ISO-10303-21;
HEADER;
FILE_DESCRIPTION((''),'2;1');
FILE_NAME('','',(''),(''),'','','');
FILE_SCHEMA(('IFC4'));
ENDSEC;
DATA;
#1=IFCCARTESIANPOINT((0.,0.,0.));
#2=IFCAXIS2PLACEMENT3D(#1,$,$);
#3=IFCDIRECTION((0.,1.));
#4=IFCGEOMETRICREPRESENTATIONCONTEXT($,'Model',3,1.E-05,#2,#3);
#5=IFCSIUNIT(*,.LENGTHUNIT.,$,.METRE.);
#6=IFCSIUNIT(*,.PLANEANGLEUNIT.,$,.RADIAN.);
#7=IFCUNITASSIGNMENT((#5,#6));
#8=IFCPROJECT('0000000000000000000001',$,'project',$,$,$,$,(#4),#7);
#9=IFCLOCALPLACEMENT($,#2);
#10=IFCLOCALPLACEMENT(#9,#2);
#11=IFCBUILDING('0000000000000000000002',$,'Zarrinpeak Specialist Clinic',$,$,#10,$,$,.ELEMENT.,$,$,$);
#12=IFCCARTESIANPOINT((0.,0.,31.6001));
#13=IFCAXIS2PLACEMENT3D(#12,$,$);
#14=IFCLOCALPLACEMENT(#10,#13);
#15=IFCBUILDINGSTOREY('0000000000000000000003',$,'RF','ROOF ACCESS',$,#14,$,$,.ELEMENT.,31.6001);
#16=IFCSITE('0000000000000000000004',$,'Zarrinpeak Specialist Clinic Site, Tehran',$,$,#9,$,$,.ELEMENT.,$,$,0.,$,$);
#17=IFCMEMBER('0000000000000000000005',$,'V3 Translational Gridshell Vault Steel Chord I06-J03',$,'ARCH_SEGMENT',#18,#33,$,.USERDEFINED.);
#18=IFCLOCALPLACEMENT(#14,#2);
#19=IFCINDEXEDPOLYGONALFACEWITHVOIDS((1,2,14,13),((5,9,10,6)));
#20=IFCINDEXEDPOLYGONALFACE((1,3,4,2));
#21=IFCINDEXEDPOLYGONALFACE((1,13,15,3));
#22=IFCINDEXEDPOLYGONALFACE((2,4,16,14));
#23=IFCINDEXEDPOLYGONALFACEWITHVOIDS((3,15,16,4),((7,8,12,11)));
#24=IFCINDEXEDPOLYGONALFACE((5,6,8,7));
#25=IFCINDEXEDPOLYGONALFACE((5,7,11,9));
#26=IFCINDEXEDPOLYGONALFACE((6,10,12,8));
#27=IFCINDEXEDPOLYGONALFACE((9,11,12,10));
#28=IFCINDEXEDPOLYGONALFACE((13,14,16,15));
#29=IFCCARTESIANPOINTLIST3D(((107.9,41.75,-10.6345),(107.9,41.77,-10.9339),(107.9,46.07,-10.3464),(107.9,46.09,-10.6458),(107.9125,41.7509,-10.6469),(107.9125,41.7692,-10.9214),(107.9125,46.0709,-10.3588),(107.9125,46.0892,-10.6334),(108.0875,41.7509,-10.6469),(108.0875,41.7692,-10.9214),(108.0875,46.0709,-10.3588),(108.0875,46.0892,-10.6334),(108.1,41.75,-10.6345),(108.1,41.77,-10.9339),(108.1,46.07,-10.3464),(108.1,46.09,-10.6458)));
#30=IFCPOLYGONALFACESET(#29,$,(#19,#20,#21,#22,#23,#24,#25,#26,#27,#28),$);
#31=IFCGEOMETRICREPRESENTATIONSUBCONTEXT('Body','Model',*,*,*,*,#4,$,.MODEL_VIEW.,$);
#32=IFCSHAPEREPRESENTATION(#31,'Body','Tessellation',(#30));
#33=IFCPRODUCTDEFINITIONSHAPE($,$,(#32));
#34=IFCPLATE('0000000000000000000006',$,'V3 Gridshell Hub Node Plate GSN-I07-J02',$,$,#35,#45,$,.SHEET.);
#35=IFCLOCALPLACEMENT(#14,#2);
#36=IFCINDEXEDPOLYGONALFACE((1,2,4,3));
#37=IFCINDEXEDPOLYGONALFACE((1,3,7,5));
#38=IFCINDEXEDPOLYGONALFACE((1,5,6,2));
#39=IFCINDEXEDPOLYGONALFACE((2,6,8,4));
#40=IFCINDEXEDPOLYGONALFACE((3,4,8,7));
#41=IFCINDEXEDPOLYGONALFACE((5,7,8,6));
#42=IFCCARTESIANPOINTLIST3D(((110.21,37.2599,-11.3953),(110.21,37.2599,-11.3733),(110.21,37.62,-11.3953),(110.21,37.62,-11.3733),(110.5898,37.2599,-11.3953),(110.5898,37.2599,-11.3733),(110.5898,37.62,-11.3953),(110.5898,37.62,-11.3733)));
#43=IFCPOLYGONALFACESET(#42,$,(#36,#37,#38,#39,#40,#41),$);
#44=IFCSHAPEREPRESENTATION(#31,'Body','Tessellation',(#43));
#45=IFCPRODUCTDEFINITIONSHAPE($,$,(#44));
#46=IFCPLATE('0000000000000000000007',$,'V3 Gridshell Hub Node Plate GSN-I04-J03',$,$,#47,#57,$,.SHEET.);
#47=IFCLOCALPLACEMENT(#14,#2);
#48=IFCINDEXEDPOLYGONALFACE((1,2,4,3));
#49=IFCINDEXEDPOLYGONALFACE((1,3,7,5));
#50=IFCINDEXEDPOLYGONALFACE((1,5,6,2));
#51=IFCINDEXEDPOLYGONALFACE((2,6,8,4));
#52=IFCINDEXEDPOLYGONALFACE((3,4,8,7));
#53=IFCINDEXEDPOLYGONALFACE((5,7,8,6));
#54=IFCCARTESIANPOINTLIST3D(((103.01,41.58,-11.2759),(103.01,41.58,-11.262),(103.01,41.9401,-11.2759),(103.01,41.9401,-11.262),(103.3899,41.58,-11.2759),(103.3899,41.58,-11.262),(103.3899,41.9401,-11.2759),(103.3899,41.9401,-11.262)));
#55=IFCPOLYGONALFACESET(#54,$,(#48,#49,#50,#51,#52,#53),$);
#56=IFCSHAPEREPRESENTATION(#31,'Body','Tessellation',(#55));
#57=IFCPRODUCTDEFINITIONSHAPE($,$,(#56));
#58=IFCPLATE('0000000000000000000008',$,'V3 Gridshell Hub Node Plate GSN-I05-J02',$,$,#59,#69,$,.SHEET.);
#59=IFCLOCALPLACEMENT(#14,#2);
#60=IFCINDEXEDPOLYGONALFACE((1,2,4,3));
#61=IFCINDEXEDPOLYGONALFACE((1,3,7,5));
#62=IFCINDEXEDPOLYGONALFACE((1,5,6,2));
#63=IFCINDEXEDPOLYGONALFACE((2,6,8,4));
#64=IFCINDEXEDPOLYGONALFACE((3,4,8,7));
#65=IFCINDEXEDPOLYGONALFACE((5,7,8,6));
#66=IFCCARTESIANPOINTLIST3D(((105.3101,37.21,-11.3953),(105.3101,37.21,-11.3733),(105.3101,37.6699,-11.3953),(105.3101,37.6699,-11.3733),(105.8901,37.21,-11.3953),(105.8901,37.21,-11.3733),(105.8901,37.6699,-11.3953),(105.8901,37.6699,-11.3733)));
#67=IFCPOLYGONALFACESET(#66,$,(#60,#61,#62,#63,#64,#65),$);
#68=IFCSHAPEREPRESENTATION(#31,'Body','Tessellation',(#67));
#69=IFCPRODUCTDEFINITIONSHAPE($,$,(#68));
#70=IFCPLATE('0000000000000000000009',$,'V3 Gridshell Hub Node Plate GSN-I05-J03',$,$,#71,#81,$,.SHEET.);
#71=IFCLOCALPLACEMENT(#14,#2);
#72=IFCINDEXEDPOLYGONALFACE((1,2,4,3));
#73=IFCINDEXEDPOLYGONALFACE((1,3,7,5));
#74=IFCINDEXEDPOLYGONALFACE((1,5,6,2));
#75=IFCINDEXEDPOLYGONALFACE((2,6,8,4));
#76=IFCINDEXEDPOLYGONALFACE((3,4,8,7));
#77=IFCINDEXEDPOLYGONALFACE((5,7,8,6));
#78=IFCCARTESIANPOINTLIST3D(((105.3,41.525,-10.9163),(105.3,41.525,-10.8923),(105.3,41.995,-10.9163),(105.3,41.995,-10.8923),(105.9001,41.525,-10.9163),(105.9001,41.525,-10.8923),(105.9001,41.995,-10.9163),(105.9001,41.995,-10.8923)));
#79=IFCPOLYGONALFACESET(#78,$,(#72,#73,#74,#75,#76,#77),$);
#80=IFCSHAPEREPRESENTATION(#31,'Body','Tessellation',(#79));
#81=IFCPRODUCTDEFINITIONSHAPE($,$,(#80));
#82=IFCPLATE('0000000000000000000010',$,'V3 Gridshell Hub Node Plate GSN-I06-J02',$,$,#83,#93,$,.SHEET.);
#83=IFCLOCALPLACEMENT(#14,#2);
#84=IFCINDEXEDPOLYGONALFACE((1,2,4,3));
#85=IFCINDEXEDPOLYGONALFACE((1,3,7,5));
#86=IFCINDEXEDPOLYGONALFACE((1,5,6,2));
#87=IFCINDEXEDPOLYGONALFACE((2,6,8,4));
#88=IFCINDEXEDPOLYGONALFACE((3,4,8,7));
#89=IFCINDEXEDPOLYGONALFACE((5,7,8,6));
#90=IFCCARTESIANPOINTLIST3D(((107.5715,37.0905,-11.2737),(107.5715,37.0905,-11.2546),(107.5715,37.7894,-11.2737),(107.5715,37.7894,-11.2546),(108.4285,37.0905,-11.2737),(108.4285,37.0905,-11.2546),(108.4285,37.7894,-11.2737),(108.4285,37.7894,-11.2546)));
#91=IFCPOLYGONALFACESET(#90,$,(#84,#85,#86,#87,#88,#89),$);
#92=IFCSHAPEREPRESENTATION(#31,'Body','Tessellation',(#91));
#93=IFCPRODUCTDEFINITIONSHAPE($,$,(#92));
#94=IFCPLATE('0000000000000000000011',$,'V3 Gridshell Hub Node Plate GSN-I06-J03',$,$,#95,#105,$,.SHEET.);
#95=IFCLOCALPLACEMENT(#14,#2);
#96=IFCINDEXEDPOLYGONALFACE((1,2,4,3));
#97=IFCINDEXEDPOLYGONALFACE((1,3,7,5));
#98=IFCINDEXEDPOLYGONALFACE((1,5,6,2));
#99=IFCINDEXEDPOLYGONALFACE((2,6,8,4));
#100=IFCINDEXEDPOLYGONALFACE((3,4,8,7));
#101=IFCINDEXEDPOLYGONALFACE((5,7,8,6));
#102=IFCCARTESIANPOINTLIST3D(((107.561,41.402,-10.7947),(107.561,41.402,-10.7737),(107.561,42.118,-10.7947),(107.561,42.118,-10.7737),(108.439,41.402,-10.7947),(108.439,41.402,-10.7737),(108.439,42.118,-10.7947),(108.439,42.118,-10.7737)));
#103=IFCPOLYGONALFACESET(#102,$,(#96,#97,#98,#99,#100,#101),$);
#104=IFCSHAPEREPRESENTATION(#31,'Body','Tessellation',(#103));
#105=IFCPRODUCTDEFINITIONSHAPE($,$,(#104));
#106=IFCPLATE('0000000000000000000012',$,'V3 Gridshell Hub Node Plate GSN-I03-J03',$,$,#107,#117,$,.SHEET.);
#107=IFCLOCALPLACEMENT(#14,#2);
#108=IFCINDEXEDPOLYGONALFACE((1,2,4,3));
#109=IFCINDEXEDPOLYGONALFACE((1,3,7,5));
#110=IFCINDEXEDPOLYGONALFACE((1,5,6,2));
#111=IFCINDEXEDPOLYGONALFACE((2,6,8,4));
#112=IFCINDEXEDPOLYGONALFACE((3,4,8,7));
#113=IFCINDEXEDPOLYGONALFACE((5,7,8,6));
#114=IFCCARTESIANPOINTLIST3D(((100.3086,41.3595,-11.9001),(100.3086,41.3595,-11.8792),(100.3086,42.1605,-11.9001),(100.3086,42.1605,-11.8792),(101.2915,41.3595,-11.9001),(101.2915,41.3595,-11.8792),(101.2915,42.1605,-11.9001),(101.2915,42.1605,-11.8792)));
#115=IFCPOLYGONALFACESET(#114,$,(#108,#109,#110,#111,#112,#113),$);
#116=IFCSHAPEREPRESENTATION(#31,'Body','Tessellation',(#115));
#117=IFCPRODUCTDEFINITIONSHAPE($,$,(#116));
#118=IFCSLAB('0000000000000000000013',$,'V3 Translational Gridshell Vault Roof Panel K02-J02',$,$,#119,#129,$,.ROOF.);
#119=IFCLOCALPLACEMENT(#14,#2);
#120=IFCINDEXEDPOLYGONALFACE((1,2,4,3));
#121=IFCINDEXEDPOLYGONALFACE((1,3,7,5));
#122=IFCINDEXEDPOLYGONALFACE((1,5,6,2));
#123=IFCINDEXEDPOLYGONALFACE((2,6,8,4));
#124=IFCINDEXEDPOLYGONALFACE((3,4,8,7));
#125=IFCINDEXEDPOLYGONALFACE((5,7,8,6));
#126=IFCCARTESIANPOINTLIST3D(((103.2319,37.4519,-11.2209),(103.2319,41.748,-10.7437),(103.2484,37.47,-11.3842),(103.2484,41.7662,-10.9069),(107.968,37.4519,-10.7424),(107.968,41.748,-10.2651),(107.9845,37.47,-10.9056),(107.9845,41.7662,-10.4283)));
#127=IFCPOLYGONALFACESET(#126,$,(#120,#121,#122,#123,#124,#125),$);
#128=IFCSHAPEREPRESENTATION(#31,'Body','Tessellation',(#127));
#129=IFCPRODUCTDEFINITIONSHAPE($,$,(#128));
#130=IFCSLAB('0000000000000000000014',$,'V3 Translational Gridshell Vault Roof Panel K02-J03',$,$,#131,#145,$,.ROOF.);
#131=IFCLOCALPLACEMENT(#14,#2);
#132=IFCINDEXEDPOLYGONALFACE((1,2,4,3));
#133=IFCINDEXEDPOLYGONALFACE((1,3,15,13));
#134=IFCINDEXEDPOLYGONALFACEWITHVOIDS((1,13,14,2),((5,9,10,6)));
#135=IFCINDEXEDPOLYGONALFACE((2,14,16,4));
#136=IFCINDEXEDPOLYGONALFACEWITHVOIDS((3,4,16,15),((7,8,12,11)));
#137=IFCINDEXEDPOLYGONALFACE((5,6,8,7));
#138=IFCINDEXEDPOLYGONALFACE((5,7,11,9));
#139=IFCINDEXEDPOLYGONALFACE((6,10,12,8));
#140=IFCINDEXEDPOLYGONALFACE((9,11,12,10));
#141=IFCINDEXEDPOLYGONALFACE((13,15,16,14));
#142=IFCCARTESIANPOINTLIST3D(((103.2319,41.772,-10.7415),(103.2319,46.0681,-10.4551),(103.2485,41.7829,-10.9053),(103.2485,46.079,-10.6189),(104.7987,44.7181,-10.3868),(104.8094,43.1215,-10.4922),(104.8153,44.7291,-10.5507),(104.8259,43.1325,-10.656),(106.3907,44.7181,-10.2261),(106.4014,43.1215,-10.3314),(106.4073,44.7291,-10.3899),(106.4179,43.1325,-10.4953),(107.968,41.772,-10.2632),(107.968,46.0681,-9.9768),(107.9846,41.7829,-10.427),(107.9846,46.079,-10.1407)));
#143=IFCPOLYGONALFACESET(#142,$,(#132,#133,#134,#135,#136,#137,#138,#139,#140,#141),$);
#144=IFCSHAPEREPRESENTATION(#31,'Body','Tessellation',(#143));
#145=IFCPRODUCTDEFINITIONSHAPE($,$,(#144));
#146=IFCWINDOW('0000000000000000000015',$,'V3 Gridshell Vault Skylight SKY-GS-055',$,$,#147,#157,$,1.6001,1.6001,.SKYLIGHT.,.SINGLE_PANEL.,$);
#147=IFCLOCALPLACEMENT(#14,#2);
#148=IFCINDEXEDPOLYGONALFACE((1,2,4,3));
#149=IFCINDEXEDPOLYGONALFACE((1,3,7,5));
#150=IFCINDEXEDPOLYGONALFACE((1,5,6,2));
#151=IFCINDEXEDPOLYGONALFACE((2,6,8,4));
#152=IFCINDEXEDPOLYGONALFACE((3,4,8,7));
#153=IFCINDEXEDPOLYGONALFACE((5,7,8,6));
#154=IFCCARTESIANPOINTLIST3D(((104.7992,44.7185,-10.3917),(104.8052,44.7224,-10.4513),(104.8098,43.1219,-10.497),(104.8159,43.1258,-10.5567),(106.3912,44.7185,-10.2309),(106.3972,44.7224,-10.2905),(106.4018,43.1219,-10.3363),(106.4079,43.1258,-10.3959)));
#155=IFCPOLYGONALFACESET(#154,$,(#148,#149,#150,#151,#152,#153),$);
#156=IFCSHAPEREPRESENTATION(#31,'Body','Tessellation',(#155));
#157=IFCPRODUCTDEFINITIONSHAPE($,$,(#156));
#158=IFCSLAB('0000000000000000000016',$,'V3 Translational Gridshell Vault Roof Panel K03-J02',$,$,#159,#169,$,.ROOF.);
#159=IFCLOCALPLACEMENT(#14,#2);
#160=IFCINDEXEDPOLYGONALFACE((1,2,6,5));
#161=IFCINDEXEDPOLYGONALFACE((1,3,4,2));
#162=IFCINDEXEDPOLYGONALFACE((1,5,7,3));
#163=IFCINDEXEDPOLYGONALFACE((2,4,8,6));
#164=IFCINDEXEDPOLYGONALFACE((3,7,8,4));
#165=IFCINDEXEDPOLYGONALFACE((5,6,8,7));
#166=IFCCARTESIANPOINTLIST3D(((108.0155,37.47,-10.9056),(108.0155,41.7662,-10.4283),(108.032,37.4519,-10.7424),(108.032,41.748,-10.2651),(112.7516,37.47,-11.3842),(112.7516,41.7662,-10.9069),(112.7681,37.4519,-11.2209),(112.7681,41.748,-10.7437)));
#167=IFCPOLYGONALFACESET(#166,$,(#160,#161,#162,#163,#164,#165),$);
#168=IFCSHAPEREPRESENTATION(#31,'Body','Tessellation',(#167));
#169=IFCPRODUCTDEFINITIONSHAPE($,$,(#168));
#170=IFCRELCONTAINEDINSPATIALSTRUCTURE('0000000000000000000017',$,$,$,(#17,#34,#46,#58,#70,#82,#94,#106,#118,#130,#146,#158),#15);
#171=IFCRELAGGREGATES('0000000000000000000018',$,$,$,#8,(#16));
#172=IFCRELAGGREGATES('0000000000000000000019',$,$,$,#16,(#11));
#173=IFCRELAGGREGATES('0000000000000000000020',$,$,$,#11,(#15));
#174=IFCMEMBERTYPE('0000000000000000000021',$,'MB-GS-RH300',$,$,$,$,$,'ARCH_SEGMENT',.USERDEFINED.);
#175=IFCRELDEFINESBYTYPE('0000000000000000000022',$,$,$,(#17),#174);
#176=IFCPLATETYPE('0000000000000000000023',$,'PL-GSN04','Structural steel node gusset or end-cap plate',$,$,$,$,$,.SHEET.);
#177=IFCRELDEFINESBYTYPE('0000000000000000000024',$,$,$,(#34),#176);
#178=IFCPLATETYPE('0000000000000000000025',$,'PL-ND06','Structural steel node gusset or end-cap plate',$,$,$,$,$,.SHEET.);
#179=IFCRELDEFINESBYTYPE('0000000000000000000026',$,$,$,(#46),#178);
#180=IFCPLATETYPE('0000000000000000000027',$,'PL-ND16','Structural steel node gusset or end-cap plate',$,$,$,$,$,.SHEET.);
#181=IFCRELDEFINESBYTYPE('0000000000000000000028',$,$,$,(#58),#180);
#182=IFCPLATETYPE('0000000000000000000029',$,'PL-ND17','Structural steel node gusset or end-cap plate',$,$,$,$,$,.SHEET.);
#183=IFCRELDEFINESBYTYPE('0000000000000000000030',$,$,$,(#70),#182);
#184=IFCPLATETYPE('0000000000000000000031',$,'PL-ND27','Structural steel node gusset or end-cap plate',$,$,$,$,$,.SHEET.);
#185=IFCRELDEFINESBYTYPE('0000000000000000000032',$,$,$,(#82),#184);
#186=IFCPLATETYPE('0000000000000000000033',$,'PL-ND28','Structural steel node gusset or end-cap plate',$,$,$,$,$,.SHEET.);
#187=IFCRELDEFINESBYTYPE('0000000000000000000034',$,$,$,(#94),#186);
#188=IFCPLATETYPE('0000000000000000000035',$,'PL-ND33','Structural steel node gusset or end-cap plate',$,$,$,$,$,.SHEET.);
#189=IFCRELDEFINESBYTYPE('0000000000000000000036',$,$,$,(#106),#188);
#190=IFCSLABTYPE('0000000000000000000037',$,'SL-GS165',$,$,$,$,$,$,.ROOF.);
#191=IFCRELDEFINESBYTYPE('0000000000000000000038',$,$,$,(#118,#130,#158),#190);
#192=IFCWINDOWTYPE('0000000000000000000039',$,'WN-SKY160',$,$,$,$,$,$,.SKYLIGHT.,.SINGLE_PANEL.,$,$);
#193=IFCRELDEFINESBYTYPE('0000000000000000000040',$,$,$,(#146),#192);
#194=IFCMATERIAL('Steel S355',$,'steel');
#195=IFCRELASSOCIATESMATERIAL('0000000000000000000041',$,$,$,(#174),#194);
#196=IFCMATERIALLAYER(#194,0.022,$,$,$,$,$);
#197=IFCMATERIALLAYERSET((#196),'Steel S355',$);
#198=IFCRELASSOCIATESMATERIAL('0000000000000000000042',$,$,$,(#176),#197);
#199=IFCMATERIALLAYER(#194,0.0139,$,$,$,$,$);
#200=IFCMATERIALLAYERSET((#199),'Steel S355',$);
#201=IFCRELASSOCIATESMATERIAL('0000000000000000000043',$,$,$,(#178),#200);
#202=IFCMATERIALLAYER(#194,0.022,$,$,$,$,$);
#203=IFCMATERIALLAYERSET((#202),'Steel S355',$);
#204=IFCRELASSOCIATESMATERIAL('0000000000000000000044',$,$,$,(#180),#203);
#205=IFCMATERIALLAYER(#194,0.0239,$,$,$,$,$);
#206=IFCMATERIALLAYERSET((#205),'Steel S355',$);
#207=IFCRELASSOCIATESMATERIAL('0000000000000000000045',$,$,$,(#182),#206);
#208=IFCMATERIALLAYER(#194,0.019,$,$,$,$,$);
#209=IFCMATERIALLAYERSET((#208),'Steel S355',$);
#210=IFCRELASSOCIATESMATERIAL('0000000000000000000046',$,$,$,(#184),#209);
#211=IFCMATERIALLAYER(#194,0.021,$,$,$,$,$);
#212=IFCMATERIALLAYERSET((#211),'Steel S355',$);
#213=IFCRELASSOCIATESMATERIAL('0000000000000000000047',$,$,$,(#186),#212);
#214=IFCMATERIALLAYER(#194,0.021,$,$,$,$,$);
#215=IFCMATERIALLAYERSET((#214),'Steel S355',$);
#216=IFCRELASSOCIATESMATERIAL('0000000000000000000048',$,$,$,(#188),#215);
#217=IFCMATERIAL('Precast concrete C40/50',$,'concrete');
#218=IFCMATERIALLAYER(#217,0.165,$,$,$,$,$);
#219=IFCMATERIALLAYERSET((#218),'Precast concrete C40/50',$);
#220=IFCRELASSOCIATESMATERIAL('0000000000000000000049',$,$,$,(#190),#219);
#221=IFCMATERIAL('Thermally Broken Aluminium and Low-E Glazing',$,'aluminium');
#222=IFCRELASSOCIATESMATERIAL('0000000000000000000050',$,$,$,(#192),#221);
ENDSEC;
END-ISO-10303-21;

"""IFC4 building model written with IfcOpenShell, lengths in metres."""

from ifc_helpers import new_model, si_unit, direction, frame, origin, origin_2d, place, context, subcontext, project, spatial, polyline, rectangle, hollow_rectangle, outline, extrude, material, layer, layer_set, material_profile, profile_set, type_object, element, fill, save


model = new_model("IFC4")

# Units and contexts
model_context = context("Model", 3, precision=1e-05, world=origin(), true_north=direction((0.0, 1.0)))
body_context = subcontext(model_context, "Body", "Model", "MODEL_VIEW")
ifc_project = project(units=[si_unit("LENGTHUNIT", "METRE"), si_unit("PLANEANGLEUNIT", "RADIAN")], contexts=[model_context])

# Site, building, storey
site_placement = place(None, origin())
site = spatial("IfcSite", under=ifc_project, at=site_placement, Name="Zarrinpeak Specialist Clinic Site, Tehran", CompositionType="ELEMENT", RefElevation=0.0)
building_placement = place(site_placement, origin())
building = spatial("IfcBuilding", under=site, at=building_placement, Name="Zarrinpeak Specialist Clinic", CompositionType="ELEMENT")
storey_placement = place(building_placement, frame((0.0, 0.0, 31.6001)))
storey = spatial("IfcBuildingStorey", under=building, at=storey_placement, Name="RF", Description="ROOF ACCESS", CompositionType="ELEMENT", Elevation=31.6001)

# Member
ifc_material_1 = material(Name="Steel S355", Category="steel")
ifc_material_profile_1 = material_profile(ifc_material_1, hollow_rectangle(XDim=0.2, YDim=0.3, WallThickness=0.0125, at=origin_2d()), Name="RHS 300x200x12.5")
ifc_profile_set_1 = profile_set([ifc_material_profile_1], Name="Steel S355")
member_type_1 = type_object("IfcMemberType", Name="MB-GS-RH300", ElementType="ARCH_SEGMENT", PredefinedType="USERDEFINED", material=ifc_profile_set_1)
member_1_placement = place(storey_placement, frame((108.0, 41.76, -10.7842), z_axis=(0.0, 0.997784, 0.066538), x_axis=(-1.0, 0.0, 0.0)))
element("IfcMember", 1, at=member_1_placement, inside=storey, type_object=member_type_1, Name="V3 Translational Gridshell Vault Steel Chord I06-J03", ObjectType="ARCH_SEGMENT", PredefinedType="USERDEFINED", context=body_context, shape_type="SweptSolid", body=[
    extrude(hollow_rectangle(XDim=0.2, YDim=0.3, WallThickness=0.0125, at=origin_2d()), origin(), (0.0, 0.0, 1.0), 4.3296),
])

# Plates
ifc_layer_1 = layer(ifc_material_1, 0.022)
ifc_layer_set_1 = layer_set([ifc_layer_1], Name="Steel S355")
plate_type_1 = type_object("IfcPlateType", Name="PL-GSN04", Description="Structural steel node gusset or end-cap plate", PredefinedType="SHEET", material=ifc_layer_set_1)
plate_1_placement = place(storey_placement, frame((110.3999, 37.4399, -11.3953), z_axis=(0.0, 0.0, 1.0), x_axis=(1.0, 0.0, 0.0)))
element("IfcPlate", 2, at=plate_1_placement, inside=storey, type_object=plate_type_1, Name="V3 Gridshell Hub Node Plate GSN-I07-J02", PredefinedType="SHEET", context=body_context, shape_type="SweptSolid", body=[
    extrude(rectangle(XDim=0.3799, YDim=0.3601, at=origin_2d()), origin(), (0.0, 0.0, 1.0), 0.022),
])
ifc_layer_2 = layer(ifc_material_1, 0.0139)
ifc_layer_set_2 = layer_set([ifc_layer_2], Name="Steel S355")
plate_type_2 = type_object("IfcPlateType", Name="PL-ND06", Description="Structural steel node gusset or end-cap plate", PredefinedType="SHEET", material=ifc_layer_set_2)
plate_2_placement = place(storey_placement, frame((103.2, 41.76, -11.2759), z_axis=(0.0, 0.0, 1.0), x_axis=(1.0, 0.0, 0.0)))
element("IfcPlate", 3, at=plate_2_placement, inside=storey, type_object=plate_type_2, Name="V3 Gridshell Hub Node Plate GSN-I04-J03", PredefinedType="SHEET", context=body_context, shape_type="SweptSolid", body=[
    extrude(rectangle(XDim=0.3799, YDim=0.3601, at=origin_2d()), origin(), (0.0, 0.0, 1.0), 0.0139),
])
ifc_layer_3 = layer(ifc_material_1, 0.022)
ifc_layer_set_3 = layer_set([ifc_layer_3], Name="Steel S355")
plate_type_3 = type_object("IfcPlateType", Name="PL-ND16", Description="Structural steel node gusset or end-cap plate", PredefinedType="SHEET", material=ifc_layer_set_3)
plate_3_placement = place(storey_placement, frame((105.6001, 37.4399, -11.3953), z_axis=(0.0, 0.0, 1.0), x_axis=(1.0, 0.0, 0.0)))
element("IfcPlate", 4, at=plate_3_placement, inside=storey, type_object=plate_type_3, Name="V3 Gridshell Hub Node Plate GSN-I05-J02", PredefinedType="SHEET", context=body_context, shape_type="SweptSolid", body=[
    extrude(rectangle(XDim=0.5801, YDim=0.46, at=origin_2d()), origin(), (0.0, 0.0, 1.0), 0.022),
])
ifc_layer_4 = layer(ifc_material_1, 0.0239)
ifc_layer_set_4 = layer_set([ifc_layer_4], Name="Steel S355")
plate_type_4 = type_object("IfcPlateType", Name="PL-ND17", Description="Structural steel node gusset or end-cap plate", PredefinedType="SHEET", material=ifc_layer_set_4)
plate_4_placement = place(storey_placement, frame((105.6001, 41.76, -10.9163), z_axis=(0.0, 0.0, 1.0), x_axis=(1.0, 0.0, 0.0)))
element("IfcPlate", 5, at=plate_4_placement, inside=storey, type_object=plate_type_4, Name="V3 Gridshell Hub Node Plate GSN-I05-J03", PredefinedType="SHEET", context=body_context, shape_type="SweptSolid", body=[
    extrude(rectangle(XDim=0.6001, YDim=0.47, at=origin_2d()), origin(), (0.0, 0.0, 1.0), 0.0239),
])
ifc_layer_5 = layer(ifc_material_1, 0.019)
ifc_layer_set_5 = layer_set([ifc_layer_5], Name="Steel S355")
plate_type_5 = type_object("IfcPlateType", Name="PL-ND27", Description="Structural steel node gusset or end-cap plate", PredefinedType="SHEET", material=ifc_layer_set_5)
plate_5_placement = place(storey_placement, frame((108.0, 37.4399, -11.2737), z_axis=(0.0, 0.0, 1.0), x_axis=(1.0, 0.0, 0.0)))
element("IfcPlate", 6, at=plate_5_placement, inside=storey, type_object=plate_type_5, Name="V3 Gridshell Hub Node Plate GSN-I06-J02", PredefinedType="SHEET", context=body_context, shape_type="SweptSolid", body=[
    extrude(rectangle(XDim=0.8569, YDim=0.699, at=origin_2d()), origin(), (0.0, 0.0, 1.0), 0.019),
])
ifc_layer_6 = layer(ifc_material_1, 0.021)
ifc_layer_set_6 = layer_set([ifc_layer_6], Name="Steel S355")
plate_type_6 = type_object("IfcPlateType", Name="PL-ND28", Description="Structural steel node gusset or end-cap plate", PredefinedType="SHEET", material=ifc_layer_set_6)
plate_6_placement = place(storey_placement, frame((108.0, 41.76, -10.7947), z_axis=(0.0, 0.0, 1.0), x_axis=(1.0, 0.0, 0.0)))
element("IfcPlate", 7, at=plate_6_placement, inside=storey, type_object=plate_type_6, Name="V3 Gridshell Hub Node Plate GSN-I06-J03", PredefinedType="SHEET", context=body_context, shape_type="SweptSolid", body=[
    extrude(rectangle(XDim=0.8779, YDim=0.7161, at=origin_2d()), origin(), (0.0, 0.0, 1.0), 0.021),
])
ifc_layer_7 = layer(ifc_material_1, 0.021)
ifc_layer_set_7 = layer_set([ifc_layer_7], Name="Steel S355")
plate_type_7 = type_object("IfcPlateType", Name="PL-ND33", Description="Structural steel node gusset or end-cap plate", PredefinedType="SHEET", material=ifc_layer_set_7)
plate_7_placement = place(storey_placement, frame((100.8, 41.76, -11.9001), z_axis=(0.0, 0.0, 1.0), x_axis=(1.0, 0.0, 0.0)))
element("IfcPlate", 8, at=plate_7_placement, inside=storey, type_object=plate_type_7, Name="V3 Gridshell Hub Node Plate GSN-I03-J03", PredefinedType="SHEET", context=body_context, shape_type="SweptSolid", body=[
    extrude(rectangle(XDim=0.9829, YDim=0.801, at=origin_2d()), origin(), (0.0, 0.0, 1.0), 0.021),
])

# Slab
ifc_material_2 = material(Name="Precast concrete C40/50", Category="concrete")
ifc_layer_8 = layer(ifc_material_2, 0.165)
ifc_layer_set_8 = layer_set([ifc_layer_8], Name="Precast concrete C40/50")
slab_type = type_object("IfcSlabType", Name="SL-GS165", PredefinedType="ROOF", material=ifc_layer_set_8)
slab_1_placement = place(storey_placement, frame((103.2319, 37.4519, -11.2209), z_axis=(-0.099916, -0.109867, 0.988912), x_axis=(0.994935, 0.0, 0.100524)))
element("IfcSlab", 9, at=slab_1_placement, inside=storey, type_object=slab_type, Name="V3 Translational Gridshell Vault Roof Panel K02-J02", PredefinedType="ROOF", context=body_context, shape_type="SweptSolid", body=[
    extrude(outline(polyline([(0.0, 0.0), (4.7602, 0.0), (4.8082, 4.3223), (0.048, 4.3223), (0.0, 0.0)])), origin(), (0.0, 0.0, -1.0), 0.165),
])

# Slab, opening, window
slab_2_placement = place(storey_placement, frame((103.2319, 41.772, -10.7415), z_axis=(-0.100253, -0.066176, 0.992759), x_axis=(0.99494, 0.0, 0.100474)))
slab_2 = element("IfcSlab", 10, at=slab_2_placement, inside=storey, type_object=slab_type, Name="V3 Translational Gridshell Vault Roof Panel K02-J03", PredefinedType="ROOF", context=body_context, shape_type="SweptSolid", body=[
    extrude(outline(polyline([(0.0, 0.0), (4.7602, 0.0), (4.7889, 4.3056), (0.0288, 4.3056), (0.0, 0.0)])), origin(), (0.0, 0.0, -1.0), 0.165),
])
opening_placement = place(slab_2_placement, frame((2.3945, 2.1526, 0.0)))
opening = element("IfcOpeningElement", 11, at=opening_placement, cuts=slab_2, PredefinedType="OPENING", context=body_context, shape_type="SweptSolid", body=[
    extrude(rectangle(XDim=1.6001, YDim=1.6001, at=origin_2d()), frame((0.0, 0.0, 0.01), z_axis=(0.0, 0.0, 1.0), x_axis=(1.0, 0.0, 0.0)), (0.0, 0.0, -1.0), 0.1851),
])
ifc_material_3 = material(Name="Thermally Broken Aluminium and Low-E Glazing", Category="aluminium")
window_type = type_object("IfcWindowType", Name="WN-SKY160", PartitioningType="SINGLE_PANEL", PredefinedType="SKYLIGHT", material=ifc_material_3)
window_placement = place(opening_placement, frame((0.0, 0.0, -0.0049)))
window = element("IfcWindow", 12, at=window_placement, inside=storey, type_object=window_type, Name="V3 Gridshell Vault Skylight SKY-GS-055", OverallHeight=1.6001, OverallWidth=1.6001, PartitioningType="SINGLE_PANEL", PredefinedType="SKYLIGHT", context=body_context, shape_type="SweptSolid", body=[
    extrude(rectangle(XDim=1.6001, YDim=1.6001, at=origin_2d()), origin(), (0.0, 0.0, -1.0), 0.0601),
])
fill(opening, window)

# Slab
slab_3_placement = place(storey_placement, frame((108.032, 37.4519, -10.7424), z_axis=(0.099916, -0.109867, 0.988912), x_axis=(0.994935, 0.0, -0.100524)))
element("IfcSlab", 13, at=slab_3_placement, inside=storey, type_object=slab_type, Name="V3 Translational Gridshell Vault Roof Panel K03-J02", PredefinedType="ROOF", context=body_context, shape_type="SweptSolid", body=[
    extrude(outline(polyline([(0.0, 0.0), (4.7602, 0.0), (4.7122, 4.3223), (-0.048, 4.3223), (0.0, 0.0)])), origin(), (0.0, 0.0, -1.0), 0.165),
])

save(model, "model.ifc")
